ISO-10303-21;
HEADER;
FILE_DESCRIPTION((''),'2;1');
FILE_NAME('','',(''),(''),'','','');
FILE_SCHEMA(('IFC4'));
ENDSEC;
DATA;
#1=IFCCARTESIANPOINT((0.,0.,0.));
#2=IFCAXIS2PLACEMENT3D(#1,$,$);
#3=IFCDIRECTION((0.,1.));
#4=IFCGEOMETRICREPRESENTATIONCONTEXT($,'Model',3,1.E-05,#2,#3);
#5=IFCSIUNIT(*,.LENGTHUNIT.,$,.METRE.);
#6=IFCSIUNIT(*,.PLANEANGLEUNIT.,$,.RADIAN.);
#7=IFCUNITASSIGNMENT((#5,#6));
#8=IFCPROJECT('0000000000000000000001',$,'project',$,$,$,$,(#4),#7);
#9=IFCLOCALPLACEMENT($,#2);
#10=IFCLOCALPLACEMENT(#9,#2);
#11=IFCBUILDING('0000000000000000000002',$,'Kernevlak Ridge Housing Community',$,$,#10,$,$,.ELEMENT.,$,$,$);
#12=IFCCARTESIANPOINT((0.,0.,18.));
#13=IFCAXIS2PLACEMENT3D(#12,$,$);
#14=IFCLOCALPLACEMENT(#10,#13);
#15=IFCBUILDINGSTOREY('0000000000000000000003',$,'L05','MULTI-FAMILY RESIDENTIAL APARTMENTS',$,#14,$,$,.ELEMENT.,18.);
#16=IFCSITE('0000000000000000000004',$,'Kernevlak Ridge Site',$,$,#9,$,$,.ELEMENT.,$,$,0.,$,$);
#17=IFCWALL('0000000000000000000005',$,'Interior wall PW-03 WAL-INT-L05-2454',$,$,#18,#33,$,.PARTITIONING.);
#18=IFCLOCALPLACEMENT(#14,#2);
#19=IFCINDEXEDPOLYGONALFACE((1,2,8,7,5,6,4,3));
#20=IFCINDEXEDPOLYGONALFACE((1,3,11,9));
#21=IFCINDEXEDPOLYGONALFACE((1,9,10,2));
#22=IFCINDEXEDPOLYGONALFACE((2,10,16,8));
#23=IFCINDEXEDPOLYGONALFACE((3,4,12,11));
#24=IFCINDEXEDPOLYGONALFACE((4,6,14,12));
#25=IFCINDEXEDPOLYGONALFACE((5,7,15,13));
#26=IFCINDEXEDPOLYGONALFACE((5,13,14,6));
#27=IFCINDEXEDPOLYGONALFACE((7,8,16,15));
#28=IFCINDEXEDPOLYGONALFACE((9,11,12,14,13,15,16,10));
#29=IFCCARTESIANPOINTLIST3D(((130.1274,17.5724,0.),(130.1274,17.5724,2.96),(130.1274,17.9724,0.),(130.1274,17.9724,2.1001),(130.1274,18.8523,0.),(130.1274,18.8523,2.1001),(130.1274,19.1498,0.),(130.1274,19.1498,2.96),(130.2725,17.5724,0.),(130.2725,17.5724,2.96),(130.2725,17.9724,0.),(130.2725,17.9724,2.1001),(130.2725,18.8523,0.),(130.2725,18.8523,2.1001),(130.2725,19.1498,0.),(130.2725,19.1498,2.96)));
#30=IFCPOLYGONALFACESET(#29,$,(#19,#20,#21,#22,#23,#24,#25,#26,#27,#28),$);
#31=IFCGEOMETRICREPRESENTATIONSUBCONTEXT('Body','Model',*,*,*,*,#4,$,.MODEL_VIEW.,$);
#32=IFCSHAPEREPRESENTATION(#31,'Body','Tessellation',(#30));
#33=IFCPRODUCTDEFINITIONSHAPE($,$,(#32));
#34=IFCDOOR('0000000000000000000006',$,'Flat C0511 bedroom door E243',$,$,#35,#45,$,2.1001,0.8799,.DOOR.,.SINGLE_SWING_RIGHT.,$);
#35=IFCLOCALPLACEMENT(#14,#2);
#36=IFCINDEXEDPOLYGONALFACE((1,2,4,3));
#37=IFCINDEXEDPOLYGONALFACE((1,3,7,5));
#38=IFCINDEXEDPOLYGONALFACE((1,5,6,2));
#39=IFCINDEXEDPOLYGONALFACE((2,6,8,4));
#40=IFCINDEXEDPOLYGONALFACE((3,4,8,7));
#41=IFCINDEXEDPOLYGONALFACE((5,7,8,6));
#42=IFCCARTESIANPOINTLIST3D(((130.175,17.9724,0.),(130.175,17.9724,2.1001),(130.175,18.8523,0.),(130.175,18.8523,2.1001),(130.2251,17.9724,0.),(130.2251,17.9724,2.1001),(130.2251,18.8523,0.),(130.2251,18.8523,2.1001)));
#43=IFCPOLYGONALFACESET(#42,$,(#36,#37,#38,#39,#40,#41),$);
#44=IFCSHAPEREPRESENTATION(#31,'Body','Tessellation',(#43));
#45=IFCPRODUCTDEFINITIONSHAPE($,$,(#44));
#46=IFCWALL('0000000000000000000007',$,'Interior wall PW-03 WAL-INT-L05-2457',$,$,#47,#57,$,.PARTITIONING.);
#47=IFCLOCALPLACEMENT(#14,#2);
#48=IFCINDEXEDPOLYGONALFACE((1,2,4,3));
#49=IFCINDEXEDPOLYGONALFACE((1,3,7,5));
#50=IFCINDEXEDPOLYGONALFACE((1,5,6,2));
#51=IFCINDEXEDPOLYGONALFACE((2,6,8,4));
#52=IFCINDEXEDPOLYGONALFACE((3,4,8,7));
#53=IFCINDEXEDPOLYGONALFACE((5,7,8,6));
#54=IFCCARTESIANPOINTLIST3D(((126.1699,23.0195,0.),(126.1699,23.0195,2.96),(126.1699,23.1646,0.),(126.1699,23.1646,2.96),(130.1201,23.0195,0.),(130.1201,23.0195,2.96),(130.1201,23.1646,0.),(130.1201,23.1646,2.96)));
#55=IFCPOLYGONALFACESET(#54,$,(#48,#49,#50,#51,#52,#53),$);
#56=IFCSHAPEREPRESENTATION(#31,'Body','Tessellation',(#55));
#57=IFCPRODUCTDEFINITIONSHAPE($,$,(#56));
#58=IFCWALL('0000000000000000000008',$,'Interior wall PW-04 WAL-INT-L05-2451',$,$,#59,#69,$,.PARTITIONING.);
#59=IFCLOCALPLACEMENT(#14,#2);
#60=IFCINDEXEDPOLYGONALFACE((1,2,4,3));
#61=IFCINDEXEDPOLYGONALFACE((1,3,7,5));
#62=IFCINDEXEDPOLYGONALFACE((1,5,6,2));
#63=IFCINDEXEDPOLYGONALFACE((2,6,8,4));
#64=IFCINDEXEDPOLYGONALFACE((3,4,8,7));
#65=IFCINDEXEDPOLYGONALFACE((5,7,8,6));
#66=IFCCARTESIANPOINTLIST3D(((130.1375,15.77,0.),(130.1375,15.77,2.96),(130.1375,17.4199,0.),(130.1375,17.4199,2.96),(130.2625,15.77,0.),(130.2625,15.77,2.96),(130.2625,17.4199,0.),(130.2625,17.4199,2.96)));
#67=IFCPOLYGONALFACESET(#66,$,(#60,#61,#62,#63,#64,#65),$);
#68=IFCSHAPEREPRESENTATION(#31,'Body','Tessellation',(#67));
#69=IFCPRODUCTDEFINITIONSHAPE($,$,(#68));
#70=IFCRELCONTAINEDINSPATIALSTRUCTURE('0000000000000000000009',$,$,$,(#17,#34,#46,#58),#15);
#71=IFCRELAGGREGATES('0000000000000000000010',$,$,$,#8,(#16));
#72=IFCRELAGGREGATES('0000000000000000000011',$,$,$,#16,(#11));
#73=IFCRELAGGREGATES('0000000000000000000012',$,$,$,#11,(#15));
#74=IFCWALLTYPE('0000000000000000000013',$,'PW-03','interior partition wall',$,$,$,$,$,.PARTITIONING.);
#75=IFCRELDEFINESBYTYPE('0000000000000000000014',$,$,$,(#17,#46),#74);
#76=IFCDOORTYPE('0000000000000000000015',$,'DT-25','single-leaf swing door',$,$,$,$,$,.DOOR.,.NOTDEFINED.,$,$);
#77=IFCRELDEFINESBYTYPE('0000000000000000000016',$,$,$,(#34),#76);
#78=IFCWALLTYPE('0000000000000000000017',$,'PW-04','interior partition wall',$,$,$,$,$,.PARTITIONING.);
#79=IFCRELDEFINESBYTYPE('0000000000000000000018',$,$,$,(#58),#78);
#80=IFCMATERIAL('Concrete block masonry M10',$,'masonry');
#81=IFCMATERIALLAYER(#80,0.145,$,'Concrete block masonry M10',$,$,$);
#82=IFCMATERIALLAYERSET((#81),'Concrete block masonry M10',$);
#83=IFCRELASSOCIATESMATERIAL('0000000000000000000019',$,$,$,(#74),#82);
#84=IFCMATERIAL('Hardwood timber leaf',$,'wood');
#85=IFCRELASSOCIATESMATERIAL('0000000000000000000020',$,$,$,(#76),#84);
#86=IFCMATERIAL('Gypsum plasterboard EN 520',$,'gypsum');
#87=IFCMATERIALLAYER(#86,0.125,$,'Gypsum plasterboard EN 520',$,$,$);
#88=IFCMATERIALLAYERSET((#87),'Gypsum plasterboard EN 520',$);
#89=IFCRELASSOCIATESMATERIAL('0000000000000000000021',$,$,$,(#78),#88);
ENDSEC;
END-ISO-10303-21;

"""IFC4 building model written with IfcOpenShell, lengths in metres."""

from ifc_helpers import new_model, si_unit, direction, frame, frame_2d, origin, place, context, subcontext, project, spatial, rectangle, extrude, material, layer, layer_set, type_object, element, fill, save


model = new_model("IFC4")

# Units and contexts
model_context = context("Model", 3, precision=1e-05, world=origin(), true_north=direction((0.0, 1.0)))
body_context = subcontext(model_context, "Body", "Model", "MODEL_VIEW")
ifc_project = project(units=[si_unit("LENGTHUNIT", "METRE"), si_unit("PLANEANGLEUNIT", "RADIAN")], contexts=[model_context])

# Site, building, storey
site_placement = place(None, origin())
site = spatial("IfcSite", under=ifc_project, at=site_placement, Name="Kernevlak Ridge Site", CompositionType="ELEMENT", RefElevation=0.0)
building_placement = place(site_placement, origin())
building = spatial("IfcBuilding", under=site, at=building_placement, Name="Kernevlak Ridge Housing Community", CompositionType="ELEMENT")
storey_placement = place(building_placement, frame((0.0, 0.0, 18.0)))
storey = spatial("IfcBuildingStorey", under=building, at=storey_placement, Name="L05", Description="MULTI-FAMILY RESIDENTIAL APARTMENTS", CompositionType="ELEMENT", Elevation=18.0)

# Shared definitions
ifc_material_1 = material(Name="Concrete block masonry M10", Category="masonry")

# Wall, opening, door
ifc_layer_1 = layer(ifc_material_1, 0.145, Name="Concrete block masonry M10")
ifc_layer_set_1 = layer_set([ifc_layer_1], Name="Concrete block masonry M10")
wall_type_1 = type_object("IfcWallType", Name="PW-03", Description="interior partition wall", PredefinedType="PARTITIONING", material=ifc_layer_set_1)
wall_1_placement = place(storey_placement, frame((130.2, 17.5725, 0.0), z_axis=(0.0, 0.0, 1.0), x_axis=(0.0, 1.0, 0.0)))
wall_1 = element("IfcWall", 1, at=wall_1_placement, inside=storey, type_object=wall_type_1, Name="Interior wall PW-03 WAL-INT-L05-2454", PredefinedType="PARTITIONING", context=body_context, shape_type="SweptSolid", body=[
    extrude(rectangle(XDim=1.5774, YDim=0.145, at=frame_2d((0.7886, 0.0))), origin(), (0.0, 0.0, 1.0), 2.96),
])
opening_1_placement = place(wall_1_placement, frame((0.3999, 0.0, 0.0)))
opening_1 = element("IfcOpeningElement", 2, at=opening_1_placement, cuts=wall_1, PredefinedType="OPENING", context=body_context, shape_type="SweptSolid", body=[
    extrude(rectangle(XDim=0.8799, YDim=2.1001, at=frame_2d((0.4399, 1.05))), frame((0.0, 0.0825, 0.0), z_axis=(0.0, -1.0, 0.0), x_axis=(1.0, 0.0, 0.0)), (0.0, 0.0, 1.0), 0.165),
])
ifc_material_2 = material(Name="Hardwood timber leaf", Category="wood")
door_type = type_object("IfcDoorType", Name="DT-25", Description="single-leaf swing door", OperationType="NOTDEFINED", PredefinedType="DOOR", material=ifc_material_2)
door_placement = place(opening_1_placement, origin())
door = element("IfcDoor", 3, at=door_placement, inside=storey, type_object=door_type, Name="Flat C0511 bedroom door E243", OperationType="SINGLE_SWING_RIGHT", OverallHeight=2.1001, OverallWidth=0.8799, PredefinedType="DOOR", context=body_context, shape_type="SweptSolid", body=[
    extrude(rectangle(XDim=0.8799, YDim=2.1001, at=frame_2d((0.4399, 1.05))), frame((0.0, 0.0249, 0.0), z_axis=(0.0, -1.0, 0.0), x_axis=(1.0, 0.0, 0.0)), (0.0, 0.0, 1.0), 0.05),
])
fill(opening_1, door)

# Walls
wall_2_placement = place(storey_placement, frame((130.1201, 23.092, 0.0), z_axis=(0.0, 0.0, 1.0), x_axis=(-1.0, 0.0, 0.0)))
element("IfcWall", 4, at=wall_2_placement, inside=storey, type_object=wall_type_1, Name="Interior wall PW-03 WAL-INT-L05-2457", PredefinedType="PARTITIONING", context=body_context, shape_type="SweptSolid", body=[
    extrude(rectangle(XDim=3.9502, YDim=0.145, at=frame_2d((1.9751, 0.0))), origin(), (0.0, 0.0, 1.0), 2.96),
])
ifc_material_3 = material(Name="Gypsum plasterboard EN 520", Category="gypsum")
ifc_layer_2 = layer(ifc_material_3, 0.125, Name="Gypsum plasterboard EN 520")
ifc_layer_set_2 = layer_set([ifc_layer_2], Name="Gypsum plasterboard EN 520")
wall_type_2 = type_object("IfcWallType", Name="PW-04", Description="interior partition wall", PredefinedType="PARTITIONING", material=ifc_layer_set_2)
wall_3_placement = place(storey_placement, frame((130.2, 15.77, 0.0), z_axis=(0.0, 0.0, 1.0), x_axis=(0.0, 1.0, 0.0)))
element("IfcWall", 5, at=wall_3_placement, inside=storey, type_object=wall_type_2, Name="Interior wall PW-04 WAL-INT-L05-2451", PredefinedType="PARTITIONING", context=body_context, shape_type="SweptSolid", body=[
    extrude(rectangle(XDim=1.6499, YDim=0.125, at=frame_2d((0.825, 0.0))), origin(), (0.0, 0.0, 1.0), 2.96),
])

save(model, "model.ifc")
